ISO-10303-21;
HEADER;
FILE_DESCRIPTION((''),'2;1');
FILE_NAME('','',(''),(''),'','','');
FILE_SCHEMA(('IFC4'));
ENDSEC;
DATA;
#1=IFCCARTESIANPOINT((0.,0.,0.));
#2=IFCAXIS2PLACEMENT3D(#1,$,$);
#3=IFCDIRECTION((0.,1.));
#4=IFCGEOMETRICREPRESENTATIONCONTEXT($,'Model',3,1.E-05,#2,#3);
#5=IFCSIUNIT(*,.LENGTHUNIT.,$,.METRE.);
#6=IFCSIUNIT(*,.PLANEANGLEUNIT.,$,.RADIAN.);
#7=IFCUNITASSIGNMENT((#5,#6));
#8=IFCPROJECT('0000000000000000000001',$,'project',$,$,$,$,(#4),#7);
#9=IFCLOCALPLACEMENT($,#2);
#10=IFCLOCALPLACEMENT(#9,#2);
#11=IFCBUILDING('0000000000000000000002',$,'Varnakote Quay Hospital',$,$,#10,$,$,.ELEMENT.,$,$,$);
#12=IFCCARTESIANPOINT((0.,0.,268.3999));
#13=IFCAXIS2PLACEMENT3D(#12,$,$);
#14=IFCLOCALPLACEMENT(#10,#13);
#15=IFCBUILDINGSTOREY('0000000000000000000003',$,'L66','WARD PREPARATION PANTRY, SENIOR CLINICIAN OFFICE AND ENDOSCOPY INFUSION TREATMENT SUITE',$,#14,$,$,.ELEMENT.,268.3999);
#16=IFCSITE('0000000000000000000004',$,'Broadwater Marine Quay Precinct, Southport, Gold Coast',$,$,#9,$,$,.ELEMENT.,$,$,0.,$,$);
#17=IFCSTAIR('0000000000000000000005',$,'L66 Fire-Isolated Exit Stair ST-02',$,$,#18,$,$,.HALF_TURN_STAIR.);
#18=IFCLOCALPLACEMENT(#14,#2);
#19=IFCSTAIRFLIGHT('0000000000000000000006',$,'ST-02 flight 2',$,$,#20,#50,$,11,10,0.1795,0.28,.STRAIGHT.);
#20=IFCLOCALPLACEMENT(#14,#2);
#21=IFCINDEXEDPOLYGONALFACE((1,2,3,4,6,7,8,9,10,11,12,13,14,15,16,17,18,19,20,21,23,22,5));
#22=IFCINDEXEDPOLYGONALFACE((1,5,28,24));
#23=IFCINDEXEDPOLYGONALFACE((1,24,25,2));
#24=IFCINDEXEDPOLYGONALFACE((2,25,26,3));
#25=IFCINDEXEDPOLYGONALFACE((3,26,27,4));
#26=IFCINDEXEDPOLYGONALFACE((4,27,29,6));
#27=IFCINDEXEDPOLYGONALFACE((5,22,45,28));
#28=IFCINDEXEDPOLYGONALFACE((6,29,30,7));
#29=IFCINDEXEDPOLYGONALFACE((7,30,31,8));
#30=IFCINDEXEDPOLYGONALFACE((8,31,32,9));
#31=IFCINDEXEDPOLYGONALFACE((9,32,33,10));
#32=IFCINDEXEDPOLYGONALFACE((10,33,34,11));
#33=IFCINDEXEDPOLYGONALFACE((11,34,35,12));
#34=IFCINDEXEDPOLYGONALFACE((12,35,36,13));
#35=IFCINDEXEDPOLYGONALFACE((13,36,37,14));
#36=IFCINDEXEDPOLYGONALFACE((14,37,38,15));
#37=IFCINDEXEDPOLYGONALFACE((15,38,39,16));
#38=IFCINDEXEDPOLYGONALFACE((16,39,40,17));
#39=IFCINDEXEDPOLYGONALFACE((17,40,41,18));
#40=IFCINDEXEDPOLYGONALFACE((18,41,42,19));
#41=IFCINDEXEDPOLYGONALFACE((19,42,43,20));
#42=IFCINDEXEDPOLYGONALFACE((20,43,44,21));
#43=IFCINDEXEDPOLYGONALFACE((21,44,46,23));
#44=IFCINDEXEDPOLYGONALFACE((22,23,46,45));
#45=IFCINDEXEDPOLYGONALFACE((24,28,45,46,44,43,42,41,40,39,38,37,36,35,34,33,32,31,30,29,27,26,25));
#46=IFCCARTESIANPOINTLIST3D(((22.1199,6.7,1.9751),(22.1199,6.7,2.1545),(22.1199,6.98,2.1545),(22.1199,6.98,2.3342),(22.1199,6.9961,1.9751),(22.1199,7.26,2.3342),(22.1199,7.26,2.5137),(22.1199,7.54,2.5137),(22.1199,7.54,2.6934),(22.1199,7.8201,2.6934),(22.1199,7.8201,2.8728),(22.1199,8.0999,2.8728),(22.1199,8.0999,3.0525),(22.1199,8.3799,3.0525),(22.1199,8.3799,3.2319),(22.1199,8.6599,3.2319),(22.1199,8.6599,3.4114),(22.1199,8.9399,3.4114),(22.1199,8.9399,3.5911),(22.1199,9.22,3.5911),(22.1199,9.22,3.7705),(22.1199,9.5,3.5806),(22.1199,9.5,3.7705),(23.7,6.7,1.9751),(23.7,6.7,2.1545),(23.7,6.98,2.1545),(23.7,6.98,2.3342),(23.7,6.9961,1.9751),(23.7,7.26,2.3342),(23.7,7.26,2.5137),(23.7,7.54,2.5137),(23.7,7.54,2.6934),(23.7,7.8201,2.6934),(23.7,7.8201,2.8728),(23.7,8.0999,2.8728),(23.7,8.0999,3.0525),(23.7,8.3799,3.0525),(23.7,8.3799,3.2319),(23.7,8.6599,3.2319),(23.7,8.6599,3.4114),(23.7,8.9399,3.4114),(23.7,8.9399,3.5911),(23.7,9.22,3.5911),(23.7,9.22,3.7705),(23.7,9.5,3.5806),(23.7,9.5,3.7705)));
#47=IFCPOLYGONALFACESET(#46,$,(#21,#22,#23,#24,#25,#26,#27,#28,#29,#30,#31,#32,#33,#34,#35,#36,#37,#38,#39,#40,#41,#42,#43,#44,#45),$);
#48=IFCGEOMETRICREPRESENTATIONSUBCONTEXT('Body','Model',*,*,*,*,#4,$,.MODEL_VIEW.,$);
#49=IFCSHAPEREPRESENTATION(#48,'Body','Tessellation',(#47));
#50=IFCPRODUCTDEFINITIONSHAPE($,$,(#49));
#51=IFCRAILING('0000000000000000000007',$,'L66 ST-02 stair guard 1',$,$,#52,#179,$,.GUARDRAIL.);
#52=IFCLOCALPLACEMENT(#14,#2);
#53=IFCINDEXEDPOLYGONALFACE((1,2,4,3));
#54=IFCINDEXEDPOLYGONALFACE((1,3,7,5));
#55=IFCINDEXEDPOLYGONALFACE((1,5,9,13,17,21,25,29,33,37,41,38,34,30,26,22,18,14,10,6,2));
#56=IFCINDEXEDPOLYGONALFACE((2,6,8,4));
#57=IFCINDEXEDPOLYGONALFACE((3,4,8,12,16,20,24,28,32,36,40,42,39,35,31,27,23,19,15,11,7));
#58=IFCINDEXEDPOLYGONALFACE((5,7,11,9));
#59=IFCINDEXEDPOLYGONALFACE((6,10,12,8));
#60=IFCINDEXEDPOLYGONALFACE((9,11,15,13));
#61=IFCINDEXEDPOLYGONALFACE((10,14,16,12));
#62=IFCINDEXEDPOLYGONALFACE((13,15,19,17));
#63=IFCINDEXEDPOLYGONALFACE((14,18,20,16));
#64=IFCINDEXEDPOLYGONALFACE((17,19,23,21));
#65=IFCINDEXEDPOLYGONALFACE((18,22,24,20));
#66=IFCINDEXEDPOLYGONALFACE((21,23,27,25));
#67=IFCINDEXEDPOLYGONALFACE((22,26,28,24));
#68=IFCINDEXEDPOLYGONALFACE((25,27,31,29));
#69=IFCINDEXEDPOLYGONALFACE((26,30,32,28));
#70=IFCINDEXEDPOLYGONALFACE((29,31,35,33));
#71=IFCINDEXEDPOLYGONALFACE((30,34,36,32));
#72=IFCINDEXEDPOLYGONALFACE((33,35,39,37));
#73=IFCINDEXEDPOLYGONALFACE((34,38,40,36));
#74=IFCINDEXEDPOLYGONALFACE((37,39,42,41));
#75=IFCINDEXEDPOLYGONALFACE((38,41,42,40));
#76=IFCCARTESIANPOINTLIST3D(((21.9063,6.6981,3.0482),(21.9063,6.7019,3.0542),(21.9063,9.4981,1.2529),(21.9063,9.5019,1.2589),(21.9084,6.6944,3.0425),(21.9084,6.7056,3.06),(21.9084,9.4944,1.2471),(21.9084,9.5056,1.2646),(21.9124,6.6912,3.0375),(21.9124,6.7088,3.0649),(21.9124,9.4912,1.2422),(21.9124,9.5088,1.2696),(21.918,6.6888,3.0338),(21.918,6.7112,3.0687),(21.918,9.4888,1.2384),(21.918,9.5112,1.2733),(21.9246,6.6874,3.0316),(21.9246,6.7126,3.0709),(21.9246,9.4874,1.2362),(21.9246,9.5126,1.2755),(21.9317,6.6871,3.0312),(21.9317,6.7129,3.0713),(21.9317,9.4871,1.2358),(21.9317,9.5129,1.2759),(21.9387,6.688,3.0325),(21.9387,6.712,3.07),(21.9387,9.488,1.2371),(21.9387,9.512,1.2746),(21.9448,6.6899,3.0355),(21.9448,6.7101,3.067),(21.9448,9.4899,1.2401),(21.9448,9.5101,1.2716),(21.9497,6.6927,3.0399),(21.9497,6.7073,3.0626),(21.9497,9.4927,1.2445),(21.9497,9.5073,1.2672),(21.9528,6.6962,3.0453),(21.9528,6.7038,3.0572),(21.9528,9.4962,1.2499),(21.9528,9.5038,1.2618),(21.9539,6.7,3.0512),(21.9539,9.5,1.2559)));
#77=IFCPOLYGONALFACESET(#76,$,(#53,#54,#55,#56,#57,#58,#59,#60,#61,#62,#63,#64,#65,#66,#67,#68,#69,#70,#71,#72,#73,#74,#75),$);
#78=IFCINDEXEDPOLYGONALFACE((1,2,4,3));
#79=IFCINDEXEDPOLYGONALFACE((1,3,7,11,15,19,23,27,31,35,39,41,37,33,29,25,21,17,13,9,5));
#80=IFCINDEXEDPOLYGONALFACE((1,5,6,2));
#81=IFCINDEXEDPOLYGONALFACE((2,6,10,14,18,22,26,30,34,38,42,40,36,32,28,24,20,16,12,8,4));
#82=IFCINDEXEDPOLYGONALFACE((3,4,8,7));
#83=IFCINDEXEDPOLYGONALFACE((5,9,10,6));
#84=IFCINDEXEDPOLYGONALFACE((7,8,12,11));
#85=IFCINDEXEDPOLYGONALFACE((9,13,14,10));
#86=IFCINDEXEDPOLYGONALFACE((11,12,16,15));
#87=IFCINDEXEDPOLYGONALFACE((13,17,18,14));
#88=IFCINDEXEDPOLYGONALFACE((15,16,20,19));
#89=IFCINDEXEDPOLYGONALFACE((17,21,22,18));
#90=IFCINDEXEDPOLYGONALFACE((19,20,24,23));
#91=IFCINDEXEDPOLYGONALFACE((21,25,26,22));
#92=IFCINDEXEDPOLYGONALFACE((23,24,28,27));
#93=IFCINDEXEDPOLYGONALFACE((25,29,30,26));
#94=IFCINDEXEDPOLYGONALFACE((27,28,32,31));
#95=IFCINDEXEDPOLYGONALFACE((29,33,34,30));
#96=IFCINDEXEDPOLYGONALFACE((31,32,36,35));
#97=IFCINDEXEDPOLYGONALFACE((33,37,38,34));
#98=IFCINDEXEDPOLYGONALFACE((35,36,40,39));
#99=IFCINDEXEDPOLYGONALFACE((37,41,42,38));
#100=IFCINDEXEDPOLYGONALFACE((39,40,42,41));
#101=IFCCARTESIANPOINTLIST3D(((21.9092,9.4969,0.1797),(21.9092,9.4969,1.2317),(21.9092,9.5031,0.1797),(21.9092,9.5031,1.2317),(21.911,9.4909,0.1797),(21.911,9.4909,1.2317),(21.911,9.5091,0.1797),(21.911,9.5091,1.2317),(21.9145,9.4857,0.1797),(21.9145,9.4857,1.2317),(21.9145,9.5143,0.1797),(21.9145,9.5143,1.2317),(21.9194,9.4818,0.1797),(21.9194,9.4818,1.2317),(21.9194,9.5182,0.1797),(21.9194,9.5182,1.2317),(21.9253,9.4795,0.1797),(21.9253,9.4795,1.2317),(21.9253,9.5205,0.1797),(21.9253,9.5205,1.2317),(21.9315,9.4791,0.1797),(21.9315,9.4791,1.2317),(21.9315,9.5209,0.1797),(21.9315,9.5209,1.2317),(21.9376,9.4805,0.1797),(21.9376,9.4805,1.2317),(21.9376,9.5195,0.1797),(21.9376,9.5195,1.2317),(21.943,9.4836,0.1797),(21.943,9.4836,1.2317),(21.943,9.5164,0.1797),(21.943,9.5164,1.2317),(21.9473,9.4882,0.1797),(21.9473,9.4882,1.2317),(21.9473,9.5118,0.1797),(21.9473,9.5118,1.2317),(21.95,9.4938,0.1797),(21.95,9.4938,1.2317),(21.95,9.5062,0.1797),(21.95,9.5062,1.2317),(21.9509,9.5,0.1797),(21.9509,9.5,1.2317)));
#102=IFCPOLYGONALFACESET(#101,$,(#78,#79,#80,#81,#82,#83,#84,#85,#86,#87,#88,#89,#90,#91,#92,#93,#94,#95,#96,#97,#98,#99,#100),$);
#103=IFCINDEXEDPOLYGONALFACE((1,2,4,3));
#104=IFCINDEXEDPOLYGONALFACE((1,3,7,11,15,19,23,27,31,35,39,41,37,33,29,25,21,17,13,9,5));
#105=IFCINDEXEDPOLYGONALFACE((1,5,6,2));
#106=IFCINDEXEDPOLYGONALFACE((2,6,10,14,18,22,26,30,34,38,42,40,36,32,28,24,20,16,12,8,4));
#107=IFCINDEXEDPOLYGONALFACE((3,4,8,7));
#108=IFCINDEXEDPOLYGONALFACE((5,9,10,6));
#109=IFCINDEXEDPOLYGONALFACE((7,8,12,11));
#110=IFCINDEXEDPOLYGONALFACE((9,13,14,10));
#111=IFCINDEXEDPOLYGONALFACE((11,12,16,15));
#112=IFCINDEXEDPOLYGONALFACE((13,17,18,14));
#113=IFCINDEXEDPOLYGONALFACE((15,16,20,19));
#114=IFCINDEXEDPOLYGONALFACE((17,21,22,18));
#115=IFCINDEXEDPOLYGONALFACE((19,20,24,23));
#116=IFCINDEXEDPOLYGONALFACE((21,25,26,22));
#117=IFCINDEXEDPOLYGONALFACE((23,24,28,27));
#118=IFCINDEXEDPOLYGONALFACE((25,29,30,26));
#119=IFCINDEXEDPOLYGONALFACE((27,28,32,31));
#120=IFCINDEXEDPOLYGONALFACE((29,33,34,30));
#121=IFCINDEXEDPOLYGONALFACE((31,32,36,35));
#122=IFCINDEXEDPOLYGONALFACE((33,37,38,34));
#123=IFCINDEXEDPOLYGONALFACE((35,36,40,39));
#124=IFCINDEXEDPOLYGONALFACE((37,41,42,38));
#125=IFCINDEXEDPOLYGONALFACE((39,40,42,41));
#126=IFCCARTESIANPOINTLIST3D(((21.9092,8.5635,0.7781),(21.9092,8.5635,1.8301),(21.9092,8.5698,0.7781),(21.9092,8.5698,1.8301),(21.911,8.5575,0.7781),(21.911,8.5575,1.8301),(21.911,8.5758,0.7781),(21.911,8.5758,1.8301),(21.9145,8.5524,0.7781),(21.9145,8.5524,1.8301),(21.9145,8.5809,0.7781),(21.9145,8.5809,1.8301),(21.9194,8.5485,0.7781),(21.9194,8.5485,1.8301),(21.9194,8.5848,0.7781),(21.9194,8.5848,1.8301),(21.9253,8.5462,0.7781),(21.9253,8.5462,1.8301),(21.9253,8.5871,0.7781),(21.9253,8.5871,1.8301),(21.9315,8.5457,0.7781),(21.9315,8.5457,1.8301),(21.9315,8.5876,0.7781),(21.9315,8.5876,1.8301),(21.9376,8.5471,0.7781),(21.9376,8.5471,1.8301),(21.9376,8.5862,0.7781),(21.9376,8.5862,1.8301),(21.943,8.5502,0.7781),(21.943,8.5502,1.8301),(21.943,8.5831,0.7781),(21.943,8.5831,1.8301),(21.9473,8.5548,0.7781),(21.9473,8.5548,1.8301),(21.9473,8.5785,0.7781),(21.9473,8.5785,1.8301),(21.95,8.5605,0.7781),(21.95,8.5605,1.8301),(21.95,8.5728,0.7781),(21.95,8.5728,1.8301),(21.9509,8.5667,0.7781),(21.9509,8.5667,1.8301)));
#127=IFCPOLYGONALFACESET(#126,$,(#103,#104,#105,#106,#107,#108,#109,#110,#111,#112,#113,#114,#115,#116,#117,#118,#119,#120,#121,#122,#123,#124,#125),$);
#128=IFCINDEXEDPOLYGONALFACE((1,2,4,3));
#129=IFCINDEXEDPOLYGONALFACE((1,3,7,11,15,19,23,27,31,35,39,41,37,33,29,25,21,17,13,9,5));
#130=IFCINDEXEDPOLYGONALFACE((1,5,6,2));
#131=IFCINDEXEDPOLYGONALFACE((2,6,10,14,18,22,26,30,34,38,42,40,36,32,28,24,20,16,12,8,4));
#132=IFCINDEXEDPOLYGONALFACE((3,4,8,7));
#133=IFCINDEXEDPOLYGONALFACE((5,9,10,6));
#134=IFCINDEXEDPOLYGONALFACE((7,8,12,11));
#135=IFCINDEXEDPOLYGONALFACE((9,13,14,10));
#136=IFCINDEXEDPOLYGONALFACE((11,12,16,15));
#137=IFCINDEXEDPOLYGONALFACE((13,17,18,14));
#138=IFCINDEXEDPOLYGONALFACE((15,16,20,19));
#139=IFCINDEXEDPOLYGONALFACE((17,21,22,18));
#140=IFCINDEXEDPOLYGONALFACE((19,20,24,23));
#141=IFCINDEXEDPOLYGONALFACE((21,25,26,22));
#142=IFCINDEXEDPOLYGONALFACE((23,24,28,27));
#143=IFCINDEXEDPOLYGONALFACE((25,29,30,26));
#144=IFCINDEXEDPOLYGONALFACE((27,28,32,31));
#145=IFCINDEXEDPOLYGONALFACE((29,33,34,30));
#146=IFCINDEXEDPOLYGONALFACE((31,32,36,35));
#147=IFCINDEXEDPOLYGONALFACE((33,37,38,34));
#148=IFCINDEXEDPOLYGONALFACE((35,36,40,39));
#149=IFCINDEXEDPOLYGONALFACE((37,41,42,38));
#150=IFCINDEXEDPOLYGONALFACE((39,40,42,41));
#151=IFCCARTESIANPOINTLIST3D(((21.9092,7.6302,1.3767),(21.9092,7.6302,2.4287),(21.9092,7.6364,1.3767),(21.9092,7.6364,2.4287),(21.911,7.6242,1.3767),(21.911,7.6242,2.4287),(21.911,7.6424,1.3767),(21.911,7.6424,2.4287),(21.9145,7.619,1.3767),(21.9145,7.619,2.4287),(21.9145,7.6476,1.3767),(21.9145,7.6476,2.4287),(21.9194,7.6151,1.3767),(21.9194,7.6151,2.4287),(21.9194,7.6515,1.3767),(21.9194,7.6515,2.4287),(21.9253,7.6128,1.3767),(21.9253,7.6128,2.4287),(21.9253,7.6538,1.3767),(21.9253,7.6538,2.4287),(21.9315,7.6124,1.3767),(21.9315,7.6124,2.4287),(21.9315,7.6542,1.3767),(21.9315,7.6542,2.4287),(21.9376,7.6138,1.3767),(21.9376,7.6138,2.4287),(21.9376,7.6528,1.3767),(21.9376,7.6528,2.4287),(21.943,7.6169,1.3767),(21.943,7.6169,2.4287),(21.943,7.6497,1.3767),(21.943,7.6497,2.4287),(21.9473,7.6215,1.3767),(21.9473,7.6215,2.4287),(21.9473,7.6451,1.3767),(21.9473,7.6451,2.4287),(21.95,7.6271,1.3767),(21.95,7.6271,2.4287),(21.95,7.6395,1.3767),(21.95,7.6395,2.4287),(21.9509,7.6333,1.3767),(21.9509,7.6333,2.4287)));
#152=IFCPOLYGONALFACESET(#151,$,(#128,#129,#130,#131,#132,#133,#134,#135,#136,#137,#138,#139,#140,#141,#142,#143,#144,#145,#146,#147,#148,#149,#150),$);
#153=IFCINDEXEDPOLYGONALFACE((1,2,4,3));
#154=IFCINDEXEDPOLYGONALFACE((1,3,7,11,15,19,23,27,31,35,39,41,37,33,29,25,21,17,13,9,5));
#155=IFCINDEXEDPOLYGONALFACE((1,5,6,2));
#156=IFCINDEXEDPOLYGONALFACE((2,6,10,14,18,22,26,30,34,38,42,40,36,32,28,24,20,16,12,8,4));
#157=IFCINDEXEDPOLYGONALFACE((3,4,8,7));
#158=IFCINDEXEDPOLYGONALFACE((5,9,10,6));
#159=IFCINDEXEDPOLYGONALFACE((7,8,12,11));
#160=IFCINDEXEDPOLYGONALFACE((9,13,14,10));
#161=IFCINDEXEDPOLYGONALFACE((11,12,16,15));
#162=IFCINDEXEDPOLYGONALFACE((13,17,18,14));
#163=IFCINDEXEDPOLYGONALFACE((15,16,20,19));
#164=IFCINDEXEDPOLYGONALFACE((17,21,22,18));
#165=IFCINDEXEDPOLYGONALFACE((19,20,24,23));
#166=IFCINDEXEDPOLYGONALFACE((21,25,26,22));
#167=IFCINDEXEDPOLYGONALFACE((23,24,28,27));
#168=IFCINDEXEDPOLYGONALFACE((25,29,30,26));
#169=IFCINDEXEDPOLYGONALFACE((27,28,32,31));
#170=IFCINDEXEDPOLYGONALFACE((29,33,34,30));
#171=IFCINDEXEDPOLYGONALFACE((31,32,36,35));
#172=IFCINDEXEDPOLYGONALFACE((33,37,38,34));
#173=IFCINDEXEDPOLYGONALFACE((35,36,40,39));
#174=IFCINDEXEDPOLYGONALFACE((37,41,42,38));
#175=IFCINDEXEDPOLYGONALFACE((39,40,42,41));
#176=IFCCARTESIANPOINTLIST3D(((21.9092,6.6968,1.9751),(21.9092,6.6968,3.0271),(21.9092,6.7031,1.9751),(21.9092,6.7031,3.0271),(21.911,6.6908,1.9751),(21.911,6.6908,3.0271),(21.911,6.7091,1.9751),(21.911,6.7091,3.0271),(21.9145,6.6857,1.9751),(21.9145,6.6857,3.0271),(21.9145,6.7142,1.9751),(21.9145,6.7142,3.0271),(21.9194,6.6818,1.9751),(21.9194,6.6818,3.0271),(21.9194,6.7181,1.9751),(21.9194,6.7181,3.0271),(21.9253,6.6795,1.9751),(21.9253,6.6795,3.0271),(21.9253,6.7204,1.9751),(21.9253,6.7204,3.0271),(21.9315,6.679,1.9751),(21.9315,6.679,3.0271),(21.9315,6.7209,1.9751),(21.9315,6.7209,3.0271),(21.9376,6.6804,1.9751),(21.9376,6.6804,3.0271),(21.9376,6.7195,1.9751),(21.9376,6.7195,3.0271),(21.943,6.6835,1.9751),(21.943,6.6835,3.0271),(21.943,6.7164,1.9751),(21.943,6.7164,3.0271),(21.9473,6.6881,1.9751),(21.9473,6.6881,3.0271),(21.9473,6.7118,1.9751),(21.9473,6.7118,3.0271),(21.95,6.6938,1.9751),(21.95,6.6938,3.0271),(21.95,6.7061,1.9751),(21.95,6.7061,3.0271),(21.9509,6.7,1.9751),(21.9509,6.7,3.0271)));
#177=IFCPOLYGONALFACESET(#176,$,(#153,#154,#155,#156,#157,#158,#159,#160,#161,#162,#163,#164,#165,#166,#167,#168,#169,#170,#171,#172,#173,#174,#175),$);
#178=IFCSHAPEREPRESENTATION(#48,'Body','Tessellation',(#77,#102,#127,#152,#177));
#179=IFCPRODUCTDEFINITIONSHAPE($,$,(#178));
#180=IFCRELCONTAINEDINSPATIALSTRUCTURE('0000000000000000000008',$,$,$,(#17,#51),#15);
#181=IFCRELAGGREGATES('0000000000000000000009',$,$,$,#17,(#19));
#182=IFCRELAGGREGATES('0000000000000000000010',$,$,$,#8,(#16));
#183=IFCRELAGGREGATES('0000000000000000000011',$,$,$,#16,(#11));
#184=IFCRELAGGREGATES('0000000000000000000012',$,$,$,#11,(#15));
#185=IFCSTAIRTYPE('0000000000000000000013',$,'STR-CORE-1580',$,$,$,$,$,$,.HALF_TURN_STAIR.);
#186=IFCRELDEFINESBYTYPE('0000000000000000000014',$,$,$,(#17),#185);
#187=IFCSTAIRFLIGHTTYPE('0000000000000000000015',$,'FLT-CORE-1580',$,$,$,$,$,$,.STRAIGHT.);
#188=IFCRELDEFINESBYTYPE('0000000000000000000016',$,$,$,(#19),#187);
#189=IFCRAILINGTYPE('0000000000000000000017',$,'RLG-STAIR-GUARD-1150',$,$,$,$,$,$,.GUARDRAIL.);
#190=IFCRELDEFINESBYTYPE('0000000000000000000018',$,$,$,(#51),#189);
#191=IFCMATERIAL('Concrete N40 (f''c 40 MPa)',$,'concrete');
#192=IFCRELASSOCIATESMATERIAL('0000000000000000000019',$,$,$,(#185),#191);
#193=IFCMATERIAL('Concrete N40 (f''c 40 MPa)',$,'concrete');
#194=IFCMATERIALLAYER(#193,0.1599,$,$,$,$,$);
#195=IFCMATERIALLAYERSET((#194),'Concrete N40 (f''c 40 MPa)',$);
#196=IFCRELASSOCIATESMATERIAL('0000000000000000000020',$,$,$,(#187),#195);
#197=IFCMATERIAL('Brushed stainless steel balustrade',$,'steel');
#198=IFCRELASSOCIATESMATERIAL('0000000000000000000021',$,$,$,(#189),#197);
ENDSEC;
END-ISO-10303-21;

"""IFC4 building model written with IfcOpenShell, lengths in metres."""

from ifc_helpers import new_model, si_unit, direction, frame, origin, origin_2d, place, context, subcontext, project, spatial, polyline, circle, outline, extrude, material, layer, layer_set, type_object, element, aggregate, save


model = new_model("IFC4")

# Units and contexts
model_context = context("Model", 3, precision=1e-05, world=origin(), true_north=direction((0.0, 1.0)))
body_context = subcontext(model_context, "Body", "Model", "MODEL_VIEW")
ifc_project = project(units=[si_unit("LENGTHUNIT", "METRE"), si_unit("PLANEANGLEUNIT", "RADIAN")], contexts=[model_context])

# Site, building, storey
site_placement = place(None, origin())
site = spatial("IfcSite", under=ifc_project, at=site_placement, Name="Broadwater Marine Quay Precinct, Southport, Gold Coast", CompositionType="ELEMENT", RefElevation=0.0)
building_placement = place(site_placement, origin())
building = spatial("IfcBuilding", under=site, at=building_placement, Name="Varnakote Quay Hospital", CompositionType="ELEMENT")
storey_placement = place(building_placement, frame((0.0, 0.0, 268.3999)))
storey = spatial("IfcBuildingStorey", under=building, at=storey_placement, Name="L66", Description="WARD PREPARATION PANTRY, SENIOR CLINICIAN OFFICE AND ENDOSCOPY INFUSION TREATMENT SUITE", CompositionType="ELEMENT", Elevation=268.3999)

# Stair, stair flight
ifc_material_1 = material(Name="Concrete N40 (f'c 40 MPa)", Category="concrete")
stair_type = type_object("IfcStairType", Name="STR-CORE-1580", PredefinedType="HALF_TURN_STAIR", material=ifc_material_1)
stair_placement = place(storey_placement, origin())
stair = element("IfcStair", 1, at=stair_placement, inside=storey, type_object=stair_type, Name="L66 Fire-Isolated Exit Stair ST-02", PredefinedType="HALF_TURN_STAIR")
ifc_material_2 = material(Name="Concrete N40 (f'c 40 MPa)", Category="concrete")
ifc_layer_1 = layer(ifc_material_2, 0.1599)
ifc_layer_set_1 = layer_set([ifc_layer_1], Name="Concrete N40 (f'c 40 MPa)")
stair_flight_type = type_object("IfcStairFlightType", Name="FLT-CORE-1580", PredefinedType="STRAIGHT", material=ifc_layer_set_1)
stair_flight_1_placement = place(storey_placement, frame((22.9099, 6.7, 1.9751), z_axis=(0.0, 0.0, 1.0), x_axis=(0.0, 1.0, 0.0)))
stair_flight_1 = element("IfcStairFlight", 2, at=stair_flight_1_placement, type_object=stair_flight_type, Name="ST-02 flight 2", NumberOfRisers=11, NumberOfTreads=10, PredefinedType="STRAIGHT", RiserHeight=0.1795, TreadLength=0.28, context=body_context, shape_type="SweptSolid", body=[
    extrude(outline(polyline([(0.0, 0.0), (0.0, 0.1794), (0.28, 0.1794), (0.28, 0.3591), (0.5601, 0.3591), (0.5601, 0.5386), (0.8401, 0.5386), (0.8401, 0.7183), (1.1201, 0.7183), (1.1201, 0.8977), (1.3999, 0.8977), (1.3999, 1.0774), (1.6799, 1.0774), (1.6799, 1.2568), (1.96, 1.2568), (1.96, 1.4363), (2.24, 1.4363), (2.24, 1.616), (2.52, 1.616), (2.52, 1.7954), (2.8, 1.7954), (2.8, 1.9751), (2.8, 1.6055), (0.2961, 0.0), (0.0, 0.0)])), frame((0.0, 0.79, 0.0), z_axis=(0.0, -1.0, 0.0), x_axis=(1.0, 0.0, 0.0)), (0.0, 0.0, 1.0), 1.5801),
])
aggregate(stair, [stair_flight_1])

# Railing
ifc_material_3 = material(Name="Brushed stainless steel balustrade", Category="steel")
railing_type_1 = type_object("IfcRailingType", Name="RLG-STAIR-GUARD-1150", PredefinedType="GUARDRAIL", material=ifc_material_3)
railing_1_placement = place(storey_placement, frame((21.9299, 9.5, 0.1797)))
element("IfcRailing", 3, at=railing_1_placement, inside=storey, type_object=railing_type_1, Name="L66 ST-02 stair guard 1", PredefinedType="GUARDRAIL", context=body_context, shape_type="SweptSolid", body=[
    extrude(circle(Radius=0.0239, at=origin_2d()), frame((0.0, 0.0, 1.0762), z_axis=(0.0, -0.84181, 0.539774), x_axis=(1.0, 0.0, 0.0)), (0.0, 0.0, 1.0), 3.3262),
    extrude(circle(Radius=0.021, at=origin_2d()), origin(), (0.0, 0.0, 1.0), 1.052),
    extrude(circle(Radius=0.021, at=origin_2d()), frame((0.0, -0.9333, 0.5984)), (0.0, 0.0, 1.0), 1.052),
    extrude(circle(Radius=0.021, at=origin_2d()), frame((0.0, -1.8667, 1.197)), (0.0, 0.0, 1.0), 1.052),
    extrude(circle(Radius=0.021, at=origin_2d()), frame((0.0, -2.8, 1.7954)), (0.0, 0.0, 1.0), 1.052),
])

save(model, "model.ifc")
